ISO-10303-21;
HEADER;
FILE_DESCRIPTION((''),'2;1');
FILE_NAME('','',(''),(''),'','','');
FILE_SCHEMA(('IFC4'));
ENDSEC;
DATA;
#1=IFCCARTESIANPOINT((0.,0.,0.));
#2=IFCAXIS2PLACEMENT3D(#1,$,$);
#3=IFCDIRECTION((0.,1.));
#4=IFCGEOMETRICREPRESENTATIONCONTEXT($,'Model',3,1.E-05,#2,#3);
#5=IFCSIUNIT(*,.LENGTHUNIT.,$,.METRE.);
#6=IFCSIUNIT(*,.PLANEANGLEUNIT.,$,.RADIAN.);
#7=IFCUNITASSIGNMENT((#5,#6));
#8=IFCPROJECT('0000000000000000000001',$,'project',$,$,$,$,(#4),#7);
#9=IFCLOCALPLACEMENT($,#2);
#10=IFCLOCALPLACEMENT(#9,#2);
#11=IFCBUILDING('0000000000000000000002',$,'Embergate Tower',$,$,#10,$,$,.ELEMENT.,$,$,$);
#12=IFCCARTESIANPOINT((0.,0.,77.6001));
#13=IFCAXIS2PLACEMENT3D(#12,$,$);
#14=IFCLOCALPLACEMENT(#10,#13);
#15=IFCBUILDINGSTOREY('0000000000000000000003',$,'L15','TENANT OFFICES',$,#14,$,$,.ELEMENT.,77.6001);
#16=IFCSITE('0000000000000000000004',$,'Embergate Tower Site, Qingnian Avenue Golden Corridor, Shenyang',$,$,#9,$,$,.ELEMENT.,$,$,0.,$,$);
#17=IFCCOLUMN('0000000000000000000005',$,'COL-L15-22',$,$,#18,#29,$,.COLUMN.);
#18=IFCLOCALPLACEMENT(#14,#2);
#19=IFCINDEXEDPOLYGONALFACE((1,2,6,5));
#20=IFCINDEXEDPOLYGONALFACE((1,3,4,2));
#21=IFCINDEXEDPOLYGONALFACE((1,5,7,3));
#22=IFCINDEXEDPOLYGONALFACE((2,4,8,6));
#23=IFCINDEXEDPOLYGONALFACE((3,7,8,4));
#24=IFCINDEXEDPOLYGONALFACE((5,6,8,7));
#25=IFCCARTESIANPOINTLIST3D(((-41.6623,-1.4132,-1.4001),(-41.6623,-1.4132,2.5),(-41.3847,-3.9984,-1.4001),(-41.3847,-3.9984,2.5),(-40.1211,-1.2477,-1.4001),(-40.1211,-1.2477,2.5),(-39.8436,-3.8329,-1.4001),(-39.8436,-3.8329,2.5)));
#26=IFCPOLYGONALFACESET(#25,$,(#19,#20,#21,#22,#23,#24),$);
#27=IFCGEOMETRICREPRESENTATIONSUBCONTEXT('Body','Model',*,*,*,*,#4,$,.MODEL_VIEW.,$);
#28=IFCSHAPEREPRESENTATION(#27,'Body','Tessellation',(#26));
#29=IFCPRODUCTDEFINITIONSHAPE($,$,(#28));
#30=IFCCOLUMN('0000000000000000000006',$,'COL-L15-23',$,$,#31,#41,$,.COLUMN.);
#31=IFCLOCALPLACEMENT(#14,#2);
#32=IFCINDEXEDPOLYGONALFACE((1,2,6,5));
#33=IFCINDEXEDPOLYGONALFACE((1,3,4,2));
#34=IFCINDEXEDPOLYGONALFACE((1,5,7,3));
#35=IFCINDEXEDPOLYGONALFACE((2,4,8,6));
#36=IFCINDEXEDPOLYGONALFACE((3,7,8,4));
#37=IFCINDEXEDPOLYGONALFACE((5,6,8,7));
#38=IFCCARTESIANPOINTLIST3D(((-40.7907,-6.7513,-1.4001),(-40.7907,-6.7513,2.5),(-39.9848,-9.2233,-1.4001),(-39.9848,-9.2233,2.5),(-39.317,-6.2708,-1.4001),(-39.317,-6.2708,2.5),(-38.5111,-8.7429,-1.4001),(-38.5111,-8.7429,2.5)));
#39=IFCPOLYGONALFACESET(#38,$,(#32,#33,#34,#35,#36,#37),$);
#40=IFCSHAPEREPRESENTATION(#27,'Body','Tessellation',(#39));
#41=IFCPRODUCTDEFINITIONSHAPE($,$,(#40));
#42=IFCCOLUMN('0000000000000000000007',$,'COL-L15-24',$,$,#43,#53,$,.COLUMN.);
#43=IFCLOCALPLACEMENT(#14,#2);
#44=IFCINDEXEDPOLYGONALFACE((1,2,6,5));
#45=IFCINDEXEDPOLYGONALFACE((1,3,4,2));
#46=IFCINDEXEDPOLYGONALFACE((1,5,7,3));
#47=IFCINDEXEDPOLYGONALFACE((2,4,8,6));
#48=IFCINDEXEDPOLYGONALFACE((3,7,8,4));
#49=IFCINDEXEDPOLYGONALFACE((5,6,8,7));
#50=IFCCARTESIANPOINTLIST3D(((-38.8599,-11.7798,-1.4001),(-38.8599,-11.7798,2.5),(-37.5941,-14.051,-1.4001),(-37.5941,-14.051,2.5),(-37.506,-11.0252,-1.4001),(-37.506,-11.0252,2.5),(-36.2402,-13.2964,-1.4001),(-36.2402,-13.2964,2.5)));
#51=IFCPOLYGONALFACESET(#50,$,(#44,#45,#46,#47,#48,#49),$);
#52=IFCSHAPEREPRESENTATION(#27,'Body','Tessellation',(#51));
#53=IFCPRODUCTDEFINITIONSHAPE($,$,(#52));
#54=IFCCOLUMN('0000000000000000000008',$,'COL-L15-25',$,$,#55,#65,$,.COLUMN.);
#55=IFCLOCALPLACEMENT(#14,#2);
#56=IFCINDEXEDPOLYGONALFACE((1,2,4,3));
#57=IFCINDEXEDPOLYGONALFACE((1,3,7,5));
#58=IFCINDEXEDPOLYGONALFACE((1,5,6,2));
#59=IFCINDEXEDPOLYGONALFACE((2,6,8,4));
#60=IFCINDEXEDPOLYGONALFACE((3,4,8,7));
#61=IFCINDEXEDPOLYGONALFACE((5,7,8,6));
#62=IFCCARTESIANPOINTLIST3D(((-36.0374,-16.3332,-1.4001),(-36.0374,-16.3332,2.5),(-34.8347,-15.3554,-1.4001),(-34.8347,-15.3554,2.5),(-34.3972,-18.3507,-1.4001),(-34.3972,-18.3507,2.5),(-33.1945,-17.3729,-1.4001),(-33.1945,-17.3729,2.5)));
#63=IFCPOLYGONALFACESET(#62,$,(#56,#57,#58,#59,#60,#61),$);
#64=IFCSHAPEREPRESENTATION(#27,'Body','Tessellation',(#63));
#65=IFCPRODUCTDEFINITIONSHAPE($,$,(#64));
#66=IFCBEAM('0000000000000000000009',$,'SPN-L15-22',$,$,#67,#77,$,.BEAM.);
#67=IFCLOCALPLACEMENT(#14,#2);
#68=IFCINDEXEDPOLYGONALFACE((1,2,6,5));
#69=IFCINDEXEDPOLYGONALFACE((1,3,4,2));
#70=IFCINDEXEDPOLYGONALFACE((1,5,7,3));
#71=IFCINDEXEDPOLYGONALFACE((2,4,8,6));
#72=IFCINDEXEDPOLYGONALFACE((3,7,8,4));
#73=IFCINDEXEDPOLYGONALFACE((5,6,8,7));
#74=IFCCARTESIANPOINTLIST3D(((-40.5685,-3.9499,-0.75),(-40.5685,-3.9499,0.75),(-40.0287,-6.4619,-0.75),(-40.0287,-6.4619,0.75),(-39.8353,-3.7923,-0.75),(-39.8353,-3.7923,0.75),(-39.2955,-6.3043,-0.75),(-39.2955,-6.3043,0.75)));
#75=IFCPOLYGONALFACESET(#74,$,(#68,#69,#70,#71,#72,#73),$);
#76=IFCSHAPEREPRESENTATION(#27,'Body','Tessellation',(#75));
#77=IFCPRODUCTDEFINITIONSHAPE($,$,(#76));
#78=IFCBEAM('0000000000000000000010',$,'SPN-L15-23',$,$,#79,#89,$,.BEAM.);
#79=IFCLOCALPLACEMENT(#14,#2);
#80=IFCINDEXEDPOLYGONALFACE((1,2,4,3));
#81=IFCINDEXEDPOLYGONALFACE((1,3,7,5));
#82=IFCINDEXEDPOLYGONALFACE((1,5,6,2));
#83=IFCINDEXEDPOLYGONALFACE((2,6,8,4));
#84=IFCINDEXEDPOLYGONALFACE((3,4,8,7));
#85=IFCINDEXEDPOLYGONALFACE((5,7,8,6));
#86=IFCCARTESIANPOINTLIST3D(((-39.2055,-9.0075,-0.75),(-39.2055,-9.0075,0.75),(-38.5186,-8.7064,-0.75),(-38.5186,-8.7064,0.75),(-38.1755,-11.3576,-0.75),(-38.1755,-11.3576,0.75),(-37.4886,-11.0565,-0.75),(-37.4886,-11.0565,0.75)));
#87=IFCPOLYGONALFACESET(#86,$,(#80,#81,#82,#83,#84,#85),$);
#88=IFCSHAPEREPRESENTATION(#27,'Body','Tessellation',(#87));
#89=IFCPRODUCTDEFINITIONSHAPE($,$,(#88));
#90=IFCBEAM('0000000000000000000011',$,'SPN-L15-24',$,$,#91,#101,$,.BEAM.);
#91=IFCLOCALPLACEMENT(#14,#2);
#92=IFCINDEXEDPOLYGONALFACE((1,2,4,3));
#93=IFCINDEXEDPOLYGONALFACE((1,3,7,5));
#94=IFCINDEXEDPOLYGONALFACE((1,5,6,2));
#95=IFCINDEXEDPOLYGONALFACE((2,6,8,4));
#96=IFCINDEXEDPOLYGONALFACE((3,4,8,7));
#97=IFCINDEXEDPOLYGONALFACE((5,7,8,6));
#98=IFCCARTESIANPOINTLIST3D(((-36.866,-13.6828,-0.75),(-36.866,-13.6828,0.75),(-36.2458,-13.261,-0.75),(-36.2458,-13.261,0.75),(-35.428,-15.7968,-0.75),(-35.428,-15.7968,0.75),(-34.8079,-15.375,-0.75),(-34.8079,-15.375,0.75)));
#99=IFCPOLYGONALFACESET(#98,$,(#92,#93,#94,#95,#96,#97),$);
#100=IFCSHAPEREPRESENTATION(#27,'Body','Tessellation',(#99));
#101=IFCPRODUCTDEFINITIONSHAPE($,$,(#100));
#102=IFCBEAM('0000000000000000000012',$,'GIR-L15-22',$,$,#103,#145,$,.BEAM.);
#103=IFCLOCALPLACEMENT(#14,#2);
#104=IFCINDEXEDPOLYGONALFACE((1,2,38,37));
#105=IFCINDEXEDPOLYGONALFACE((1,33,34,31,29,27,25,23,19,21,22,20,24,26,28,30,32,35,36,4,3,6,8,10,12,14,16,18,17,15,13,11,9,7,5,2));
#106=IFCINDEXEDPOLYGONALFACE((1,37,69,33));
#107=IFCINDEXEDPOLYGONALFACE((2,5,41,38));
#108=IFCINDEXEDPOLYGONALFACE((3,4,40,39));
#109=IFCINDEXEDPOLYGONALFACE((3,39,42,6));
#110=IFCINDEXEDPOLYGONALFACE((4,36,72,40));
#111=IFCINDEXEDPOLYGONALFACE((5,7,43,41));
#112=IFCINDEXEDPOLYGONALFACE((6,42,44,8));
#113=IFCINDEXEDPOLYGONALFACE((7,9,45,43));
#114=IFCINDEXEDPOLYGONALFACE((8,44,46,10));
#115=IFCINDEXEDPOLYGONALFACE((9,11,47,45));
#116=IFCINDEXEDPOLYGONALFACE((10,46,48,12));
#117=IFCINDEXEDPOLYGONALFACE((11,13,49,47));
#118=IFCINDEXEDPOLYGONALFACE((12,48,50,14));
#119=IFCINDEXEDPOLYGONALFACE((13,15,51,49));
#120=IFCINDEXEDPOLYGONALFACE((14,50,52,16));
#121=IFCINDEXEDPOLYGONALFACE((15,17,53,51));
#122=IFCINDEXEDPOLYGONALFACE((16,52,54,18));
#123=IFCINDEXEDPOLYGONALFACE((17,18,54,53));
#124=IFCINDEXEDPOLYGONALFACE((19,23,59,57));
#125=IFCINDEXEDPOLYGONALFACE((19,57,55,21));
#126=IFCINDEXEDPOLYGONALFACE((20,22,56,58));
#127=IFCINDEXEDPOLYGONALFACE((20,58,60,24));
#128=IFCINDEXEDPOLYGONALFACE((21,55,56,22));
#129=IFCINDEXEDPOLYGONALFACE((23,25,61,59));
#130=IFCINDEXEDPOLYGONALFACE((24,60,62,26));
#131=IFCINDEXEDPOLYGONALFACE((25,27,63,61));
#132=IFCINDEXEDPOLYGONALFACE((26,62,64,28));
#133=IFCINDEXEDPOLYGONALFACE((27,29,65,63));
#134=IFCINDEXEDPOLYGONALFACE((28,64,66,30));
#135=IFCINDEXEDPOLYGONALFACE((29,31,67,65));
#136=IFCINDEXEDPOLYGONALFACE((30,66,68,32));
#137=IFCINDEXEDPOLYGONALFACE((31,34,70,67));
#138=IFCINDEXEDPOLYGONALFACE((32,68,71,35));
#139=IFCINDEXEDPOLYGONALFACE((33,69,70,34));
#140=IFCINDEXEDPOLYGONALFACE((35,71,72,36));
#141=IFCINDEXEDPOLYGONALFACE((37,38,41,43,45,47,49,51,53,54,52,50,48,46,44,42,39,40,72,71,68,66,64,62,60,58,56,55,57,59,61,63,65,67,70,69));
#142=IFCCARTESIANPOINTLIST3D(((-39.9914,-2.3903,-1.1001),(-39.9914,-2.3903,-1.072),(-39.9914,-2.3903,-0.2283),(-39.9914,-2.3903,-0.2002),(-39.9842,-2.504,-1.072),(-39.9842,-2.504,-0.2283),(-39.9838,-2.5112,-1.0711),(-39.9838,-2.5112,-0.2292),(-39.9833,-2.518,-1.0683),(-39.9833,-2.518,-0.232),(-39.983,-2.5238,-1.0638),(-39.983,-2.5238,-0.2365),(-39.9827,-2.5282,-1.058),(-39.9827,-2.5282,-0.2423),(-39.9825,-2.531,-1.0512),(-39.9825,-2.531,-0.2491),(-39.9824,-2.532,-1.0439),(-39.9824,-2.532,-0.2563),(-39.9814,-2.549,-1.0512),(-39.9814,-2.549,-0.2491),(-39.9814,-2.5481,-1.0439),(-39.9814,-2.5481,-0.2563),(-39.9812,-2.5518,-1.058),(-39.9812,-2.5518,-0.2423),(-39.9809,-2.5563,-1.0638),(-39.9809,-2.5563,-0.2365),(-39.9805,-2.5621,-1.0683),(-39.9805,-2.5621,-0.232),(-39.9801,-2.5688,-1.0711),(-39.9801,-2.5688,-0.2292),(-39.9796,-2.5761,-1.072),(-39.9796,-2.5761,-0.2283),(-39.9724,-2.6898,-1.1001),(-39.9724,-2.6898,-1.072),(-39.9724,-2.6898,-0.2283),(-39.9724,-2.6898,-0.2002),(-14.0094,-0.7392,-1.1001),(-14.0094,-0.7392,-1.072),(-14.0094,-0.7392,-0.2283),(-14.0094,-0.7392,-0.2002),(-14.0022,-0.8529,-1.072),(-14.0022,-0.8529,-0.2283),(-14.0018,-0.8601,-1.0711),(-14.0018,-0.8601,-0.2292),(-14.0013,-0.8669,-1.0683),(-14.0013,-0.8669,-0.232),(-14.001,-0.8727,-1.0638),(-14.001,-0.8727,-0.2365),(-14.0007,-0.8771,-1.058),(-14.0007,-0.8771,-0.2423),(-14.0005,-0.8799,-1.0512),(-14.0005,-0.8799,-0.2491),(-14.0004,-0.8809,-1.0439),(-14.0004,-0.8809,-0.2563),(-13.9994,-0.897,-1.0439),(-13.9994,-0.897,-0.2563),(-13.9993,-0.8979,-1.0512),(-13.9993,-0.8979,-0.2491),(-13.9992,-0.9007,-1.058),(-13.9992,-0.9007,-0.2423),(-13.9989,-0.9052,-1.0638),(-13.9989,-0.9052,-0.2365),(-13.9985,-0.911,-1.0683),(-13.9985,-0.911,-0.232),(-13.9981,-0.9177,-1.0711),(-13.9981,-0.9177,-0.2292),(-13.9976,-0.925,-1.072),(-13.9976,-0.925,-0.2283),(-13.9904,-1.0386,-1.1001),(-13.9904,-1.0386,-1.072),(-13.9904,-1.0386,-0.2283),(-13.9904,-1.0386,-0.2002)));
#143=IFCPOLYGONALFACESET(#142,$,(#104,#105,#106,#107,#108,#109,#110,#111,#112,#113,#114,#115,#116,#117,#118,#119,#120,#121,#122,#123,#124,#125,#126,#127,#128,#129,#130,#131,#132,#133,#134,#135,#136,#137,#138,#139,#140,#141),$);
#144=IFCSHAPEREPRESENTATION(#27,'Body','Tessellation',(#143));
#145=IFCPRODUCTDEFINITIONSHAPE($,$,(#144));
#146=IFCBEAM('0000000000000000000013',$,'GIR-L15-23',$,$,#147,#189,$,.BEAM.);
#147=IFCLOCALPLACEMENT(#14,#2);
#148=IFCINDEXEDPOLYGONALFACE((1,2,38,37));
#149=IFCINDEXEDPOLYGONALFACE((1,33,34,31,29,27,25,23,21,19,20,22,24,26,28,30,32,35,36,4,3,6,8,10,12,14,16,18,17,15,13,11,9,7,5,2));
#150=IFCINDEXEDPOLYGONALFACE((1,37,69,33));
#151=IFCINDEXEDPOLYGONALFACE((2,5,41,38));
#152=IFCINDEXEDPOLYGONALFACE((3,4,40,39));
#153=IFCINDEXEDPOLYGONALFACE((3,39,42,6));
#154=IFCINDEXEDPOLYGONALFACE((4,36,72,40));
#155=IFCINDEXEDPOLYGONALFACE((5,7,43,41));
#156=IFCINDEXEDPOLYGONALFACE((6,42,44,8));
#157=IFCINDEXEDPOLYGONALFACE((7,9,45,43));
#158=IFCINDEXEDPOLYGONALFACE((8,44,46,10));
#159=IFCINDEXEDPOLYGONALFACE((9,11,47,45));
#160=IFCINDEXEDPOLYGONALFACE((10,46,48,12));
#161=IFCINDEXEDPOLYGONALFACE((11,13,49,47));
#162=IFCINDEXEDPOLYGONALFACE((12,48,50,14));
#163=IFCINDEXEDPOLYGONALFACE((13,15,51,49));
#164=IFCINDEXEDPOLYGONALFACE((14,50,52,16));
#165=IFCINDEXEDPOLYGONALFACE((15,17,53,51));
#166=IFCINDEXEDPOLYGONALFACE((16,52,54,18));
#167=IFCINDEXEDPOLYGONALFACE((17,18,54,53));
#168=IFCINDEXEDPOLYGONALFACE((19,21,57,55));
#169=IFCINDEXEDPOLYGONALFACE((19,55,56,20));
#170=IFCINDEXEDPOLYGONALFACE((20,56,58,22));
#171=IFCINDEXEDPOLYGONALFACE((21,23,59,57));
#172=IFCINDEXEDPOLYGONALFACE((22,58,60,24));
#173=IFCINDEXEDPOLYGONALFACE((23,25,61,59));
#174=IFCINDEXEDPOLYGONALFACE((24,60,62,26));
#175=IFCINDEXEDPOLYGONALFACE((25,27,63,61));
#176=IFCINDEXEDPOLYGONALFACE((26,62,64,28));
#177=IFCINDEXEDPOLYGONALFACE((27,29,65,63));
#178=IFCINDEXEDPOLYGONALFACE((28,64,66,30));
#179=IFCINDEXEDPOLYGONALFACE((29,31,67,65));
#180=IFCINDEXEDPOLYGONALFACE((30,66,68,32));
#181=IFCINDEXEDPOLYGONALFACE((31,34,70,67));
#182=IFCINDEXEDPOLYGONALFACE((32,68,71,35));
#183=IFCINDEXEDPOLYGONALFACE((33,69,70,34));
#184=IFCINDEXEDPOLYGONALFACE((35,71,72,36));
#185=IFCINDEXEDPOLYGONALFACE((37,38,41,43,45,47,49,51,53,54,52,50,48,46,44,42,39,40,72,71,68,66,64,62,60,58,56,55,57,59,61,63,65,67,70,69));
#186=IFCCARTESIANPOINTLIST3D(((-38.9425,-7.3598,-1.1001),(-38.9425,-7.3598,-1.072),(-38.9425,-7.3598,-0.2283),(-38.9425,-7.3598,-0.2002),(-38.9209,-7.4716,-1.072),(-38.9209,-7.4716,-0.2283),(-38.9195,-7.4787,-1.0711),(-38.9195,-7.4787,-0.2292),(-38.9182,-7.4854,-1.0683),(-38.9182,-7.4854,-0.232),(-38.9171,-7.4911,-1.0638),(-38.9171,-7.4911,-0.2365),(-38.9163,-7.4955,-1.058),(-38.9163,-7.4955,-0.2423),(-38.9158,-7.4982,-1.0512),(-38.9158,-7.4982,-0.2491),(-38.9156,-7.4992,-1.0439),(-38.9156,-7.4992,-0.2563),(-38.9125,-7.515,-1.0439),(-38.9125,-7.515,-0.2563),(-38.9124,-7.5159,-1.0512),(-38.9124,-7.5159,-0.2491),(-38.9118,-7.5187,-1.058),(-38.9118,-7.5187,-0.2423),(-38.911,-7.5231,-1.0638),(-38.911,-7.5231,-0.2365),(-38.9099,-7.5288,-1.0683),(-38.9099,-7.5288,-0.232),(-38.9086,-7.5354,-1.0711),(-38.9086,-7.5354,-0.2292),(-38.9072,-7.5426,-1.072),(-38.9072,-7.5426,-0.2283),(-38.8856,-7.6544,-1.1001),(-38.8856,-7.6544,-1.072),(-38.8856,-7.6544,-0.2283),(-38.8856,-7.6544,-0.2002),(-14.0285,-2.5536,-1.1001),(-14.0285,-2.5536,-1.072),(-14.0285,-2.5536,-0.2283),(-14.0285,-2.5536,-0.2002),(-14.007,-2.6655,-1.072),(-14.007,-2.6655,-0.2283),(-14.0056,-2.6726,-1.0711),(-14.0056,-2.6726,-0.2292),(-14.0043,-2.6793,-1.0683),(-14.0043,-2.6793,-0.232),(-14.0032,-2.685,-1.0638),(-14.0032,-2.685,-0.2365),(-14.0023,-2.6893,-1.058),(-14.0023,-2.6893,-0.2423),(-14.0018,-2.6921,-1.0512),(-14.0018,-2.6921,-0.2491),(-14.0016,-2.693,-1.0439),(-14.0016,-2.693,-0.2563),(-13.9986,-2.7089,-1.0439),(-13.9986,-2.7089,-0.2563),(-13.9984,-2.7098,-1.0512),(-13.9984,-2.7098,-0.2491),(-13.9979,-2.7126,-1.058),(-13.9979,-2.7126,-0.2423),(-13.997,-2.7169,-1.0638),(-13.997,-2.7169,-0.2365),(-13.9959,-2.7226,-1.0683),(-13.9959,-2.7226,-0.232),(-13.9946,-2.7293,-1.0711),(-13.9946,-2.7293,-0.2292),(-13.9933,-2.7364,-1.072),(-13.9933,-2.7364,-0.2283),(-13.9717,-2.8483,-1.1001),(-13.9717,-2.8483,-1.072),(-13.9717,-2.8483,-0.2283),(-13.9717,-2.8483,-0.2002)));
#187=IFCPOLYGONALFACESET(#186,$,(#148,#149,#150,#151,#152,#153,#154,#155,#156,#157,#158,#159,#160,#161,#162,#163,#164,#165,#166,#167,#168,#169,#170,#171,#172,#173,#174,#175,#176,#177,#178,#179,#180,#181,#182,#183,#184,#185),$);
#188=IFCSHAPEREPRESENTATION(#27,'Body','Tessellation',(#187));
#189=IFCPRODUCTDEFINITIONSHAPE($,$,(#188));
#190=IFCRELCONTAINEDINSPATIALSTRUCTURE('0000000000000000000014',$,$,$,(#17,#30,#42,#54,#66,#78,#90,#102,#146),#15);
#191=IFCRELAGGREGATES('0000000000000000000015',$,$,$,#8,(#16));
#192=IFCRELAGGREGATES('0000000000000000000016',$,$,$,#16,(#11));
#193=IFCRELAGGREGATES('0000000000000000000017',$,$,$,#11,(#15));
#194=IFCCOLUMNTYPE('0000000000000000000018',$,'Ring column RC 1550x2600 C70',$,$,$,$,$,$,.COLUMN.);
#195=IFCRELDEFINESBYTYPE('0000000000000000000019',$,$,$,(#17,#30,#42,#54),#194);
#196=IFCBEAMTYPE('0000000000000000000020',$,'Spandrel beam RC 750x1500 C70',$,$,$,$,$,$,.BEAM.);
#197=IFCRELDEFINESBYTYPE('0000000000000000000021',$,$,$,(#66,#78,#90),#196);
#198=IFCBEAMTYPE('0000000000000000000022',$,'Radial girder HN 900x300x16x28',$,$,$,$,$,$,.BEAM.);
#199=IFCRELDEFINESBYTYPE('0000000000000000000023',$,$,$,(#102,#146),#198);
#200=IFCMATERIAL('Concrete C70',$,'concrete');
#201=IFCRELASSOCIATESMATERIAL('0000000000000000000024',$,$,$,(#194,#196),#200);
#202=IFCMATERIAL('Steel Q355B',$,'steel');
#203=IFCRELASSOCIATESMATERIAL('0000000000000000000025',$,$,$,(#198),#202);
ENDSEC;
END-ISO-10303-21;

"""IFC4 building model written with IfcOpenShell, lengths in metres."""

from ifc_helpers import new_model, si_unit, direction, frame, origin, origin_2d, place, context, subcontext, project, spatial, rectangle, i_section, extrude, source, transform, mapped, material, material_profile, profile_set, type_object, element, save


model = new_model("IFC4")

# Units and contexts
model_context = context("Model", 3, precision=1e-05, world=origin(), true_north=direction((0.0, 1.0)))
body_context = subcontext(model_context, "Body", "Model", "MODEL_VIEW")
ifc_project = project(units=[si_unit("LENGTHUNIT", "METRE"), si_unit("PLANEANGLEUNIT", "RADIAN")], contexts=[model_context])

# Site, building, storey
site_placement = place(None, origin())
site = spatial("IfcSite", under=ifc_project, at=site_placement, Name="Embergate Tower Site, Qingnian Avenue Golden Corridor, Shenyang", CompositionType="ELEMENT", RefElevation=0.0)
building_placement = place(site_placement, origin())
building = spatial("IfcBuilding", under=site, at=building_placement, Name="Embergate Tower", CompositionType="ELEMENT")
storey_placement = place(building_placement, frame((0.0, 0.0, 77.6001)))
storey = spatial("IfcBuildingStorey", under=building, at=storey_placement, Name="L15", Description="TENANT OFFICES", CompositionType="ELEMENT", Elevation=77.6001)

# Columns
ifc_material_1 = material(Name="Concrete C70", Category="concrete")
ifc_material_profile_1 = material_profile(ifc_material_1, rectangle(XDim=1.55, YDim=2.6001, at=origin_2d()), Name="RC 1550x2600")
ifc_profile_set_1 = profile_set([ifc_material_profile_1], Name="Concrete C70")
column_type = type_object("IfcColumnType", Name="Ring column RC 1550x2600 C70", PredefinedType="COLUMN", material=ifc_profile_set_1)
shared_shape_1 = source(origin(), body_context, "Body", "SweptSolid", [
    extrude(rectangle(XDim=1.55, YDim=2.6001, at=origin_2d()), origin(), (0.0, 0.0, 1.0), 3.9001),
])
for number, where, z_axis, x_axis, name in (
    (1, (-40.7529, -2.623, -1.4001), (0.0, 0.0, 1.0), (-0.994286, -0.10675, 0.0), "COL-L15-22"),
    (2, (-39.6509, -7.7471, -1.4001), (0.0, 0.0, 1.0), (-0.950754, -0.309946, 0.0), "COL-L15-23"),
    (3, (-37.55, -12.5381, -1.4001), (0.0, 0.0, 1.0), (-0.8735, -0.486823, 0.0), "COL-L15-24"),
    (4, (-34.616, -16.853, -1.4001), (0.0, 0.0, 1.0), (-0.775925, -0.630825, 0.0), "COL-L15-25"),
):
    element("IfcColumn", number, at=place(storey_placement, frame(where, z_axis=z_axis, x_axis=x_axis)), inside=storey, type_object=column_type, Name=name, PredefinedType="COLUMN", context=body_context, shape_type="MappedRepresentation", body=[
        mapped(shared_shape_1, transform((0.0, 0.0, 0.0))),
    ])

# Beams
ifc_material_profile_2 = material_profile(ifc_material_1, rectangle(XDim=0.75, YDim=1.5, at=origin_2d()), Name="RC 750x1500")
ifc_profile_set_2 = profile_set([ifc_material_profile_2], Name="Concrete C70")
beam_type_1 = type_object("IfcBeamType", Name="Spandrel beam RC 750x1500 C70", PredefinedType="BEAM", material=ifc_profile_set_2)
shared_shape_2 = source(origin(), body_context, "Body", "SweptSolid", [
    extrude(rectangle(XDim=0.75, YDim=1.5, at=origin_2d()), origin(), (0.0, 0.0, 1.0), 2.5693),
])
beam_1_placement = place(storey_placement, frame((-40.2019, -3.8711, 0.0), z_axis=(0.210094, -0.977681, 0.0), x_axis=(0.977681, 0.210094, 0.0)))
element("IfcBeam", 5, at=beam_1_placement, inside=storey, type_object=beam_type_1, Name="SPN-L15-22", PredefinedType="BEAM", context=body_context, shape_type="MappedRepresentation", body=[
    mapped(shared_shape_2, transform((0.0, 0.0, 0.0))),
])
shared_shape_3 = source(origin(), body_context, "Body", "SweptSolid", [
    extrude(rectangle(XDim=0.75, YDim=1.5, at=origin_2d()), origin(), (0.0, 0.0, 1.0), 2.5659),
])
beam_2_placement = place(storey_placement, frame((-38.8621, -8.8569, 0.0), z_axis=(0.401428, -0.915891, 0.0), x_axis=(0.915891, 0.401428, 0.0)))
element("IfcBeam", 6, at=beam_2_placement, inside=storey, type_object=beam_type_1, Name="SPN-L15-23", PredefinedType="BEAM", context=body_context, shape_type="MappedRepresentation", body=[
    mapped(shared_shape_3, transform((0.0, 0.0, 0.0))),
])
shared_shape_4 = source(origin(), body_context, "Body", "SweptSolid", [
    extrude(rectangle(XDim=0.75, YDim=1.5, at=origin_2d()), origin(), (0.0, 0.0, 1.0), 2.5566),
])
beam_3_placement = place(storey_placement, frame((-36.5559, -13.4719, 0.0), z_axis=(0.562433, -0.826843, 0.0), x_axis=(0.826843, 0.562433, 0.0)))
element("IfcBeam", 7, at=beam_3_placement, inside=storey, type_object=beam_type_1, Name="SPN-L15-24", PredefinedType="BEAM", context=body_context, shape_type="MappedRepresentation", body=[
    mapped(shared_shape_4, transform((0.0, 0.0, 0.0))),
])
ifc_material_2 = material(Name="Steel Q355B", Category="steel")
ifc_material_profile_3 = material_profile(ifc_material_2, i_section(OverallWidth=0.3, OverallDepth=0.8999, WebThickness=0.0161, FlangeThickness=0.0281, FilletRadius=0.0281, at=origin_2d()), Name="HN 900x300x16x28")
ifc_profile_set_3 = profile_set([ifc_material_profile_3], Name="Steel Q355 grade B")
beam_type_2 = type_object("IfcBeamType", Name="Radial girder HN 900x300x16x28", PredefinedType="BEAM", material=ifc_profile_set_3)
shared_shape_5 = source(origin(), body_context, "Body", "SweptSolid", [
    extrude(i_section(OverallWidth=0.3, OverallDepth=0.8999, WebThickness=0.0161, FlangeThickness=0.0281, FilletRadius=0.0281, at=origin_2d()), origin(), (0.0, 0.0, 1.0), 26.0344),
])
beam_4_placement = place(storey_placement, frame((-39.9819, -2.54, -0.6501), z_axis=(0.997987, 0.063421, 0.0), x_axis=(-0.063421, 0.997987, 0.0)))
element("IfcBeam", 8, at=beam_4_placement, inside=storey, type_object=beam_type_2, Name="GIR-L15-22", PredefinedType="BEAM", context=body_context, shape_type="MappedRepresentation", body=[
    mapped(shared_shape_5, transform((0.0, 0.0, 0.0))),
])
shared_shape_6 = source(origin(), body_context, "Body", "SweptSolid", [
    extrude(i_section(OverallWidth=0.3, OverallDepth=0.8999, WebThickness=0.0161, FlangeThickness=0.0281, FilletRadius=0.0281, at=origin_2d()), origin(), (0.0, 0.0, 1.0), 25.3733),
])
beam_5_placement = place(storey_placement, frame((-38.9141, -7.5071, -0.6501), z_axis=(0.981897, 0.189417, 0.0), x_axis=(-0.189417, 0.981897, 0.0)))
element("IfcBeam", 9, at=beam_5_placement, inside=storey, type_object=beam_type_2, Name="GIR-L15-23", PredefinedType="BEAM", context=body_context, shape_type="MappedRepresentation", body=[
    mapped(shared_shape_6, transform((0.0, 0.0, 0.0))),
])

save(model, "model.ifc")
